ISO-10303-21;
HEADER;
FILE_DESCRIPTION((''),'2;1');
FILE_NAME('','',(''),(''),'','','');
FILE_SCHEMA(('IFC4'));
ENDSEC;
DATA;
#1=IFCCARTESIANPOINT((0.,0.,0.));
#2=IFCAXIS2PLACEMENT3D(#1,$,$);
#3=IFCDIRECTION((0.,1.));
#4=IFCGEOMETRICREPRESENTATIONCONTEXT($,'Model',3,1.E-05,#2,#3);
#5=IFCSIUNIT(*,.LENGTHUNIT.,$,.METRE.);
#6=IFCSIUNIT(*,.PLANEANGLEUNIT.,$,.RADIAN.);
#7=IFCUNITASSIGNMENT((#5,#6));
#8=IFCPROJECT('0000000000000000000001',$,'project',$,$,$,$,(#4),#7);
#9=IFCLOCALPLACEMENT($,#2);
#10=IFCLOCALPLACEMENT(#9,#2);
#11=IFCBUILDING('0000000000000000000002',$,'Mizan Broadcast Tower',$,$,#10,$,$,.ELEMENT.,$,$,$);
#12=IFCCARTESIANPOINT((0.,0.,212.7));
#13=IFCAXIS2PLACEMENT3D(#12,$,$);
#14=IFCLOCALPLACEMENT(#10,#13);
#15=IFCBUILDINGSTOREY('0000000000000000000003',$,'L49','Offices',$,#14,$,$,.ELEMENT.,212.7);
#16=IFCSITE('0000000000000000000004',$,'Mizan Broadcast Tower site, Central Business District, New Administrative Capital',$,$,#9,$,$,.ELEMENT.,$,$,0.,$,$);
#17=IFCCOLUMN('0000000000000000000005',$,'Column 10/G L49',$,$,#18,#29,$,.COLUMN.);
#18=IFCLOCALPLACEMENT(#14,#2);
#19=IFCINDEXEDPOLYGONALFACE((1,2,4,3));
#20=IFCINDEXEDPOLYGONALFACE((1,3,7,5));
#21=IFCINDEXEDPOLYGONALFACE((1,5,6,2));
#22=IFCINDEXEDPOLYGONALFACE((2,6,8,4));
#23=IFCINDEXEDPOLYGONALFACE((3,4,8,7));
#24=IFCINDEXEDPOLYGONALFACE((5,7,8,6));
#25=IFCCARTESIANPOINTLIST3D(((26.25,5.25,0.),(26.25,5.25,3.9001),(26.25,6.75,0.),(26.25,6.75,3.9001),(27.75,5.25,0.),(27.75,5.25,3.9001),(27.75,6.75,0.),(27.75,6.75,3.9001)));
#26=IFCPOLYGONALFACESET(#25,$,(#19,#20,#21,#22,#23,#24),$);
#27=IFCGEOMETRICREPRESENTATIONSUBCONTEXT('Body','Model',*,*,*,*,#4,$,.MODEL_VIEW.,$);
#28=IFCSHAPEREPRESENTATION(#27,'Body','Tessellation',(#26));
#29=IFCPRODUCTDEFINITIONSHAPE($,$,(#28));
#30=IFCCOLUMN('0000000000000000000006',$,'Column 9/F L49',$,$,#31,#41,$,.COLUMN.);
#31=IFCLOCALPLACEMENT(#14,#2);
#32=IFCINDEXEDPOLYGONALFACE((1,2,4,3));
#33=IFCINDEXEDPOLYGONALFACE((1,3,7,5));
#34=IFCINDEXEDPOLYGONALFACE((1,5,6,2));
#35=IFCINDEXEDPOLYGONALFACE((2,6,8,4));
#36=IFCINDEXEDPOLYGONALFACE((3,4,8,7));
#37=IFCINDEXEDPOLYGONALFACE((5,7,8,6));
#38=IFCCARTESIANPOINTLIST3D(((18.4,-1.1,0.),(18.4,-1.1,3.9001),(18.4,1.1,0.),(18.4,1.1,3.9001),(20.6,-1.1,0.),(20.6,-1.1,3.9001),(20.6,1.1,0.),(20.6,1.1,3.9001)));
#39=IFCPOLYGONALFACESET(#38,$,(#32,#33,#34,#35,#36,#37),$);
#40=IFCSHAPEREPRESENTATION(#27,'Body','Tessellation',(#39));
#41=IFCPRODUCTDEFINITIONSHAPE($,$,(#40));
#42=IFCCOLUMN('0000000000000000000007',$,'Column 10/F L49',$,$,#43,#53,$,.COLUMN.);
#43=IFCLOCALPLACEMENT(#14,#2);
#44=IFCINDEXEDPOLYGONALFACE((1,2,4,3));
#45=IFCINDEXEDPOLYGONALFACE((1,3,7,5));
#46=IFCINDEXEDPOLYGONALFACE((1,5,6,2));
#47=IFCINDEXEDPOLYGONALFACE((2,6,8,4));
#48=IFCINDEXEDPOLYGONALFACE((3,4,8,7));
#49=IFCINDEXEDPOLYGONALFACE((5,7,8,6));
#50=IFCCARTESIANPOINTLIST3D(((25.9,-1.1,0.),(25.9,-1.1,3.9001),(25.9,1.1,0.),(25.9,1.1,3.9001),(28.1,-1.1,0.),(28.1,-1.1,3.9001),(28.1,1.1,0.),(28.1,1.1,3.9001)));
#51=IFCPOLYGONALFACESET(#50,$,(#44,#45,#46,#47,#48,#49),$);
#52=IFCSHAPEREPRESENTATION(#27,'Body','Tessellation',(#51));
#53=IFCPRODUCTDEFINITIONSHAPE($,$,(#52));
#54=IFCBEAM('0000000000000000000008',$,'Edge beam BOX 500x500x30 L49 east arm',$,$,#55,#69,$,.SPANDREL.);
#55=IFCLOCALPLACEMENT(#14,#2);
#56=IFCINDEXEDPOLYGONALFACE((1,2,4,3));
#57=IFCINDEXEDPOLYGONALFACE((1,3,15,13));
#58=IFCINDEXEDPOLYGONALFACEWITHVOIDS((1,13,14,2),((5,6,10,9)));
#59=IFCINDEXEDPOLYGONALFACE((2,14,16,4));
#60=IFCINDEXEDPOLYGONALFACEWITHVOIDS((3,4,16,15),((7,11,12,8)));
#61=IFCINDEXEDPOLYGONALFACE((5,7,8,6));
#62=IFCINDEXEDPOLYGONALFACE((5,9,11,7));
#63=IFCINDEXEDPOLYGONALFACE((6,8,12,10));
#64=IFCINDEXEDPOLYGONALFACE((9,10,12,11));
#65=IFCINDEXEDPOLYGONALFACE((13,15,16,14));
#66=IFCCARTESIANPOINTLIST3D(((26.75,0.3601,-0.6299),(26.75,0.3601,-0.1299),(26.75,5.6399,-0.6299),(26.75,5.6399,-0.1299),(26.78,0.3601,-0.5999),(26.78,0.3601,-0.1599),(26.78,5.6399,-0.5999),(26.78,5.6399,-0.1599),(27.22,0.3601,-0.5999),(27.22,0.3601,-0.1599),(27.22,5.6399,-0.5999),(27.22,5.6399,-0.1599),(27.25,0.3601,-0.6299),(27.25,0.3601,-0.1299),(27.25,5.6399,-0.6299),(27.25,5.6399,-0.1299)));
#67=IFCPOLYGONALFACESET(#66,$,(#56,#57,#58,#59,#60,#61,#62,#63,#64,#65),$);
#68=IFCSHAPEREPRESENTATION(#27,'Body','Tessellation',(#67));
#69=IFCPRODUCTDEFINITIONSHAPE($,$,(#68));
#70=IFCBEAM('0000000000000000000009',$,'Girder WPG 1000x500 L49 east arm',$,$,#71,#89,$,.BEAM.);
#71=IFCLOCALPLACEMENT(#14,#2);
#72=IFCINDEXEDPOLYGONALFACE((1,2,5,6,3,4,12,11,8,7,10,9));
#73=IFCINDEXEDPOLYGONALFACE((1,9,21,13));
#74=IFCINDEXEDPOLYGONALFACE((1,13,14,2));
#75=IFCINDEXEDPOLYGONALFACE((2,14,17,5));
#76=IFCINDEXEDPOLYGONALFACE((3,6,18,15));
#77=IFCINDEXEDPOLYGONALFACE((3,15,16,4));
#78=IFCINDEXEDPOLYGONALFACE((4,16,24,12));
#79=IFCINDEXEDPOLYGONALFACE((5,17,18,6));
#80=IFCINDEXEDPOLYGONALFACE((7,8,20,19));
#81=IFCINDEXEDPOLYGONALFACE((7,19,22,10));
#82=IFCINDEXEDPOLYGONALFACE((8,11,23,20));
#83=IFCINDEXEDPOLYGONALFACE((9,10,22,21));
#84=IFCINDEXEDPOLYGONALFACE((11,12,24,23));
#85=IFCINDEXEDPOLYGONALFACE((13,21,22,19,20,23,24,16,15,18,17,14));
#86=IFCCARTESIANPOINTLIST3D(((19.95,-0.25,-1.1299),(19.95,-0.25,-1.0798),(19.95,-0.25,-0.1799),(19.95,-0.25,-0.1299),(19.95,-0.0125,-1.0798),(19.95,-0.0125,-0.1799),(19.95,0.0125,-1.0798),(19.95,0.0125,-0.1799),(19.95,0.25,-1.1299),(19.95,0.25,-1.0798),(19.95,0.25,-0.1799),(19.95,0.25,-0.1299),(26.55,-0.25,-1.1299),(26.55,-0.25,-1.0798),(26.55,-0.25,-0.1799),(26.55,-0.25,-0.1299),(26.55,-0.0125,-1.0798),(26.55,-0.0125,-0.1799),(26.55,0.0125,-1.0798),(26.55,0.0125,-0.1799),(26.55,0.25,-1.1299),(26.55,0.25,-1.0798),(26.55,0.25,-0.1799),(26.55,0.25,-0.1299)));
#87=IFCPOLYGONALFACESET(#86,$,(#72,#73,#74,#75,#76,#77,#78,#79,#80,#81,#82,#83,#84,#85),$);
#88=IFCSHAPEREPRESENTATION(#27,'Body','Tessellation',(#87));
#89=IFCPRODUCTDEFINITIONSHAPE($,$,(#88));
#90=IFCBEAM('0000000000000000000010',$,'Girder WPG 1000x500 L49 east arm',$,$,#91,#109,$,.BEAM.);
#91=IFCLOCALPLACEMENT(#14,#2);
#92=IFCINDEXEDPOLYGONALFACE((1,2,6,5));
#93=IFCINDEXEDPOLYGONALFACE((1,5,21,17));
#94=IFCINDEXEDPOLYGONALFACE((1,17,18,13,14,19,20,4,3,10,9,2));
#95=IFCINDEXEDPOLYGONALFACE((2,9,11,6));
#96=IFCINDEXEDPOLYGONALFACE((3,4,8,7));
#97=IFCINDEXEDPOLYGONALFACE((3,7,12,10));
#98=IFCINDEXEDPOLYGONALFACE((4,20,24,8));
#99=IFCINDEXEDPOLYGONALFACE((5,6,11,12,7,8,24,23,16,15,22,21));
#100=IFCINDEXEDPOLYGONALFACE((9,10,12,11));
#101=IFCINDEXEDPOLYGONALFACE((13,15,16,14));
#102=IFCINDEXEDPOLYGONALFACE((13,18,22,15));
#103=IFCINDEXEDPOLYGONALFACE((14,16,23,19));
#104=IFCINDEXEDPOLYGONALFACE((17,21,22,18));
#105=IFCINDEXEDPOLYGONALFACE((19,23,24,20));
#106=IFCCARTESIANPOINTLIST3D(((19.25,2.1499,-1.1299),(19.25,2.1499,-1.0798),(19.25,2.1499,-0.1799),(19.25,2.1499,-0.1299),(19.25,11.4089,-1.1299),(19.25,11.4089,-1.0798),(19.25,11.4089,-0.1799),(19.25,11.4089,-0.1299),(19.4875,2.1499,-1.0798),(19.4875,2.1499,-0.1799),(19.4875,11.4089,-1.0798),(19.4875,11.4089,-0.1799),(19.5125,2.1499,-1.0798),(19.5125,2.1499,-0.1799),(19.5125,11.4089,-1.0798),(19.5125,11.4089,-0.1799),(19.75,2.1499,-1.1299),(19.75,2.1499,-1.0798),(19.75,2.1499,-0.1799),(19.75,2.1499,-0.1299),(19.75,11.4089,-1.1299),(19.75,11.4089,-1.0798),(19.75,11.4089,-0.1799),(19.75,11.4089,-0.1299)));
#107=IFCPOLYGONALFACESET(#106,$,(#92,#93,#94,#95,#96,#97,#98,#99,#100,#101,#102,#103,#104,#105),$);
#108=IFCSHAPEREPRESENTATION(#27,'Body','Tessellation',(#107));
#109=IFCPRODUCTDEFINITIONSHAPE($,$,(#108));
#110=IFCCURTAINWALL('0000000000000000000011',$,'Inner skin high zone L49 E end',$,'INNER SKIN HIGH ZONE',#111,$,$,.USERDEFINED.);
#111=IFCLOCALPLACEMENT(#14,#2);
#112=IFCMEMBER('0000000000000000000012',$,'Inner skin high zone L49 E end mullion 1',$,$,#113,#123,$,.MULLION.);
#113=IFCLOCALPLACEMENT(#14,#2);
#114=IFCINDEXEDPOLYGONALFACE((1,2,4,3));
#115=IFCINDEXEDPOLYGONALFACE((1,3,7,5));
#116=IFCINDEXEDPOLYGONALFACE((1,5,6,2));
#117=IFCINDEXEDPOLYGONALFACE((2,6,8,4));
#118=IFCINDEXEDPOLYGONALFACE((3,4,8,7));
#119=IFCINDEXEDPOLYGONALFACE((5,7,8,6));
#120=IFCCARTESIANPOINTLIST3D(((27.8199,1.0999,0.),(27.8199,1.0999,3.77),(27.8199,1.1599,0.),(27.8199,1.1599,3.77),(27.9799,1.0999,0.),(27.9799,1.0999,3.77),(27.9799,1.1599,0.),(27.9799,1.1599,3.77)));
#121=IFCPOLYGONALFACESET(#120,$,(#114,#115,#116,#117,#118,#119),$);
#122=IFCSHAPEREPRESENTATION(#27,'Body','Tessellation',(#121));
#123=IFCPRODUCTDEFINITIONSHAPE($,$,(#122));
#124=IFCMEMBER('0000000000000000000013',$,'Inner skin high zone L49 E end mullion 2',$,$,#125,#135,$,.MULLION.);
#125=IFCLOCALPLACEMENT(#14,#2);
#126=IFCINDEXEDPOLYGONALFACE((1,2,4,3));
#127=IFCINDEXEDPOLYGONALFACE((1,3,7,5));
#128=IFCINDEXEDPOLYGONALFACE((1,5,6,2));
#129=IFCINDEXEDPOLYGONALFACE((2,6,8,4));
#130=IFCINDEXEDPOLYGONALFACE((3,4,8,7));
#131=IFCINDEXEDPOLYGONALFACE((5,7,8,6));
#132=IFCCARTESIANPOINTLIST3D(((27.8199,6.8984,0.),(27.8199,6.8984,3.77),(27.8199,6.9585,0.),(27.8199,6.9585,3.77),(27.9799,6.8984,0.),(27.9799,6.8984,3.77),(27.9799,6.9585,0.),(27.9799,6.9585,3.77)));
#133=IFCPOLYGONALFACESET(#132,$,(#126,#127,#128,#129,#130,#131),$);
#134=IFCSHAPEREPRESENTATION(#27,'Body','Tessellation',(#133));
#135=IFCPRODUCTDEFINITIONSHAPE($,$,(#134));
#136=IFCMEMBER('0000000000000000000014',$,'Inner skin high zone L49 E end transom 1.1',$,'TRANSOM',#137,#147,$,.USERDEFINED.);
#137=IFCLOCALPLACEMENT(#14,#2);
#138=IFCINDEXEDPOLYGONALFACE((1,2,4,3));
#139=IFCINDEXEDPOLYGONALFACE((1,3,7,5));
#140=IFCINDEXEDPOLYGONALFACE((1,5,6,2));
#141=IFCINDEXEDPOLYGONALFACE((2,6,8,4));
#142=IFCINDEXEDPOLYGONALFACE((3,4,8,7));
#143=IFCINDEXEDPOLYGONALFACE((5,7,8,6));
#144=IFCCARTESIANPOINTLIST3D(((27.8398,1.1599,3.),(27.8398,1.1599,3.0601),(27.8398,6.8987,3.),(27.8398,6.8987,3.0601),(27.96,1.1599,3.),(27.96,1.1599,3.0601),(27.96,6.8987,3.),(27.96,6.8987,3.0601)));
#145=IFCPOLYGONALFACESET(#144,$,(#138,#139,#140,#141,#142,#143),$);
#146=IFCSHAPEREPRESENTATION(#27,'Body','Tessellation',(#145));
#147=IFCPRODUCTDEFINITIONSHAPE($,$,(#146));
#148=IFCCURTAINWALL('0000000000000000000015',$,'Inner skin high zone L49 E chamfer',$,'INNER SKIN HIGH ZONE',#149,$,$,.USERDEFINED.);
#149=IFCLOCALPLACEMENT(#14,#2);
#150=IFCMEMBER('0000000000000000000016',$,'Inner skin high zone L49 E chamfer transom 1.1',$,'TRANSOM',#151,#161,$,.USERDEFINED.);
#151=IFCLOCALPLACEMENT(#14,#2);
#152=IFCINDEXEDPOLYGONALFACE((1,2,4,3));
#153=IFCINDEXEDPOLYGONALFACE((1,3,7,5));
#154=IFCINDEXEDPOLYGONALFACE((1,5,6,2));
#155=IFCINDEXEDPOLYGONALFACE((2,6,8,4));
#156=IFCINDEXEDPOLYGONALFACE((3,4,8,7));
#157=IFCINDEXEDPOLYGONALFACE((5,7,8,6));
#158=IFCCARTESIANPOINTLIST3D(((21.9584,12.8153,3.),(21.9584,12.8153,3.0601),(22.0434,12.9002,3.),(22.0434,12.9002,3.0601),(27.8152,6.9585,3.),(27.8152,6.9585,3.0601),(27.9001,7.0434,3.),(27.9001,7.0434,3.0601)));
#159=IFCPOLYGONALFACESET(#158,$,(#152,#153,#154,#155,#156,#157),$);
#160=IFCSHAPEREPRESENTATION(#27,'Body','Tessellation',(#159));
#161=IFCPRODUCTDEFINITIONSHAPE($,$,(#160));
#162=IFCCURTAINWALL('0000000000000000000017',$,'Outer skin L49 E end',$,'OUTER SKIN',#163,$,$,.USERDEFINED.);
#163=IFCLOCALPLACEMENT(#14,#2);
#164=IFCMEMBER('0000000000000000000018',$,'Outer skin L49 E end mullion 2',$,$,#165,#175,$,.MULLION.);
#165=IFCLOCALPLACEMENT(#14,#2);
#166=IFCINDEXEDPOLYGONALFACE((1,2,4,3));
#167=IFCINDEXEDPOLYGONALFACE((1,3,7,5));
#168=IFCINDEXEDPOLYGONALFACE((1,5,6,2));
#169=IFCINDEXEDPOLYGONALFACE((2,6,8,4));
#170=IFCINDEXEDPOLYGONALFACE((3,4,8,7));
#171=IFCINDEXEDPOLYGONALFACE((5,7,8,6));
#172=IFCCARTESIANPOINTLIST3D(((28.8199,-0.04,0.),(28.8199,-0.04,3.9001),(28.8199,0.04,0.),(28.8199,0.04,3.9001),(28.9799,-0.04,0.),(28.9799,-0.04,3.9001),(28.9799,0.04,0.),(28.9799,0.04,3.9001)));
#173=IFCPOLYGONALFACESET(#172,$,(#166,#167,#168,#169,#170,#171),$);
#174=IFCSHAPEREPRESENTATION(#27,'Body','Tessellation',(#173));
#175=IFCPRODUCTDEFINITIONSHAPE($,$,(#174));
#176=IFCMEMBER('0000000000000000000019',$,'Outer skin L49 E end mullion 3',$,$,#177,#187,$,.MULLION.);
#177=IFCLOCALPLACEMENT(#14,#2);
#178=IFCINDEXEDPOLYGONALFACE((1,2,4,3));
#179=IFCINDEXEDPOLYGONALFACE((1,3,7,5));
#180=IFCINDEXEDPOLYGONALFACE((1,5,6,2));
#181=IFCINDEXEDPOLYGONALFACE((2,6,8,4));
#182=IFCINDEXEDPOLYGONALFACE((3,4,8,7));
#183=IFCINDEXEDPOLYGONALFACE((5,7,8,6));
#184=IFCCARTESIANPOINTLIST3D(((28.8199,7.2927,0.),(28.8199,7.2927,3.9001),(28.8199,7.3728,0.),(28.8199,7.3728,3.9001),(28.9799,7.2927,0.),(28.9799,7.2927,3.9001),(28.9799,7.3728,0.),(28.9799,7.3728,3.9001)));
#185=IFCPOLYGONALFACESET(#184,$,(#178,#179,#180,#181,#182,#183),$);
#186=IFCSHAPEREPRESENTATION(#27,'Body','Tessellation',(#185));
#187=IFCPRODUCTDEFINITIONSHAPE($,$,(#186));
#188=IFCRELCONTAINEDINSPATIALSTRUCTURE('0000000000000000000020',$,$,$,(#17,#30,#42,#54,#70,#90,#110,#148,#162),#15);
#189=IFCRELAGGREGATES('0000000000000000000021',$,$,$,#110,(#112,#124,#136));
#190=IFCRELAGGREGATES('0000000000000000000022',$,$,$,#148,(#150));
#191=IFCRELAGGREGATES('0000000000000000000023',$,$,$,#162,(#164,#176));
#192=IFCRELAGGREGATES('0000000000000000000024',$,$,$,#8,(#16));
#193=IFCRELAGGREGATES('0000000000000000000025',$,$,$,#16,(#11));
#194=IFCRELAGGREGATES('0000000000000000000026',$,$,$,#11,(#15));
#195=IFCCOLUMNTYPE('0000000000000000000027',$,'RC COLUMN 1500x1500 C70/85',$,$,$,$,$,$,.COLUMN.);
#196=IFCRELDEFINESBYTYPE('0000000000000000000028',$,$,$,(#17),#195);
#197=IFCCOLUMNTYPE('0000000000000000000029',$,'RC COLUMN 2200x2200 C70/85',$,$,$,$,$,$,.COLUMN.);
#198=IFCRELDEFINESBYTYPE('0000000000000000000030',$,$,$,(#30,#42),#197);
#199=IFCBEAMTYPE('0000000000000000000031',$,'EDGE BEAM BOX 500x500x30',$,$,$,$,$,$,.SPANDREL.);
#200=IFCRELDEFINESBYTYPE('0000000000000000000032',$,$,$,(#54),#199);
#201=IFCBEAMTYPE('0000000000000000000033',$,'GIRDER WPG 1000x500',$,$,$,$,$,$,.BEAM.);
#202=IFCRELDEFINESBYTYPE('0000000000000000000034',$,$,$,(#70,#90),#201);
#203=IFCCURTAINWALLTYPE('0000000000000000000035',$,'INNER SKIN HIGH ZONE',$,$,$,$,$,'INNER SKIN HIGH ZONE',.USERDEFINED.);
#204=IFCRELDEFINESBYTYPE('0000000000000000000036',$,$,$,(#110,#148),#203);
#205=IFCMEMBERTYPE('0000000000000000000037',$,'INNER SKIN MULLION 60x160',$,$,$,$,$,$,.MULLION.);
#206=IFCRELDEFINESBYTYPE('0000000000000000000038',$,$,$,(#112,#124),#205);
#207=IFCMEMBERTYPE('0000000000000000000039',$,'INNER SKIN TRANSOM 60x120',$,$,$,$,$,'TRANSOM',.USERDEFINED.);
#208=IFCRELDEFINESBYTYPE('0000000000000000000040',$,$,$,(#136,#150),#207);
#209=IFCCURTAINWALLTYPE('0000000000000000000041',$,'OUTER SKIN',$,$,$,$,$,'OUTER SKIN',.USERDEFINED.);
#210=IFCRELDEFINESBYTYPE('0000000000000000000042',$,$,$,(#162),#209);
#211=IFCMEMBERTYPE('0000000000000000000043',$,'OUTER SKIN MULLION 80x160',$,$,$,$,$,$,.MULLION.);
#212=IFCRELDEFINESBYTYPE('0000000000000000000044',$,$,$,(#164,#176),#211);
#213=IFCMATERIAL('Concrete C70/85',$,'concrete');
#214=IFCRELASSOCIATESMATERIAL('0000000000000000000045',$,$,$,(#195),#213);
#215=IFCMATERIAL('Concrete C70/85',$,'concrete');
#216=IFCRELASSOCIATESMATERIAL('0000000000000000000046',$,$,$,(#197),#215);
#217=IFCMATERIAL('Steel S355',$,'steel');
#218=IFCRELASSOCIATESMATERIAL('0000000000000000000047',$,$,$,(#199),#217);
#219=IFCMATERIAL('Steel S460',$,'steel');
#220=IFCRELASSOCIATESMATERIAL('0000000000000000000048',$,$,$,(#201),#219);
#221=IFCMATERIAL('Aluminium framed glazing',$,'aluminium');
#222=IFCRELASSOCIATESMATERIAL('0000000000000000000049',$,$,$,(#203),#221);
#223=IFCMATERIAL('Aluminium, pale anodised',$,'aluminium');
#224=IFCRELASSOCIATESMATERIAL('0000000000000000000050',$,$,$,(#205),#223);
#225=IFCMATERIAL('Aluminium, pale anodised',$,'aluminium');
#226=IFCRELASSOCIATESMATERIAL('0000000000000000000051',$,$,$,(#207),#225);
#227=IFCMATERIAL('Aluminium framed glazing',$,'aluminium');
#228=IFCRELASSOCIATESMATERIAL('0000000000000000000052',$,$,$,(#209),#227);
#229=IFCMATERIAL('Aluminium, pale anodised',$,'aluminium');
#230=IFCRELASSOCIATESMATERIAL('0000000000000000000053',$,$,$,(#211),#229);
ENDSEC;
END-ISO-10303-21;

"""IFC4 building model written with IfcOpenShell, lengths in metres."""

from ifc_helpers import new_model, si_unit, direction, frame, origin, origin_2d, place, context, subcontext, project, spatial, rectangle, hollow_rectangle, i_section, extrude, material, material_profile, profile_set, type_object, element, aggregate, save


model = new_model("IFC4")

# Units and contexts
model_context = context("Model", 3, precision=1e-05, world=origin(), true_north=direction((0.0, 1.0)))
body_context = subcontext(model_context, "Body", "Model", "MODEL_VIEW")
ifc_project = project(units=[si_unit("LENGTHUNIT", "METRE"), si_unit("PLANEANGLEUNIT", "RADIAN")], contexts=[model_context])

# Site, building, storey
site_placement = place(None, origin())
site = spatial("IfcSite", under=ifc_project, at=site_placement, Name="Mizan Broadcast Tower site, Central Business District, New Administrative Capital", CompositionType="ELEMENT", RefElevation=0.0)
building_placement = place(site_placement, origin())
building = spatial("IfcBuilding", under=site, at=building_placement, Name="Mizan Broadcast Tower", CompositionType="ELEMENT")
storey_placement = place(building_placement, frame((0.0, 0.0, 212.7)))
storey = spatial("IfcBuildingStorey", under=building, at=storey_placement, Name="L49", Description="Offices", CompositionType="ELEMENT", Elevation=212.7)

# Columns
ifc_material_1 = material(Name="Concrete C70/85", Category="concrete")
ifc_material_profile_1 = material_profile(ifc_material_1, rectangle(XDim=1.5, YDim=1.5, at=origin_2d()), Name="RC 1500x1500")
ifc_profile_set_1 = profile_set([ifc_material_profile_1], Name="Concrete C70/85")
column_type_1 = type_object("IfcColumnType", Name="RC COLUMN 1500x1500 C70/85", PredefinedType="COLUMN", material=ifc_profile_set_1)
column_placement = place(storey_placement, frame((27.0, 6.0, 0.0), z_axis=(0.0, 0.0, 1.0), x_axis=(1.0, 0.0, 0.0)))
element("IfcColumn", 1, at=column_placement, inside=storey, type_object=column_type_1, Name="Column 10/G L49", PredefinedType="COLUMN", context=body_context, shape_type="SweptSolid", body=[
    extrude(rectangle(XDim=1.5, YDim=1.5, at=origin_2d()), origin(), (0.0, 0.0, 1.0), 3.9001),
])
ifc_material_2 = material(Name="Concrete C70/85", Category="concrete")
ifc_material_profile_2 = material_profile(ifc_material_2, rectangle(XDim=2.2, YDim=2.2, at=origin_2d()), Name="RC 2200x2200")
ifc_profile_set_2 = profile_set([ifc_material_profile_2], Name="Concrete C70/85")
column_type_2 = type_object("IfcColumnType", Name="RC COLUMN 2200x2200 C70/85", PredefinedType="COLUMN", material=ifc_profile_set_2)
for number, where, z_axis, x_axis, name in (
    (2, (19.5, 0.0, 0.0), (0.0, 0.0, 1.0), (1.0, 0.0, 0.0), "Column 9/F L49"),
    (3, (27.0, 0.0, 0.0), (0.0, 0.0, 1.0), (1.0, 0.0, 0.0), "Column 10/F L49"),
):
    element("IfcColumn", number, at=place(storey_placement, frame(where, z_axis=z_axis, x_axis=x_axis)), inside=storey, type_object=column_type_2, Name=name, PredefinedType="COLUMN", context=body_context, shape_type="SweptSolid", body=[
        extrude(rectangle(XDim=2.2, YDim=2.2, at=origin_2d()), origin(), (0.0, 0.0, 1.0), 3.9001),
    ])

# Beams
ifc_material_3 = material(Name="Steel S355", Category="steel")
ifc_material_profile_3 = material_profile(ifc_material_3, hollow_rectangle(XDim=0.5, YDim=0.5, WallThickness=0.03, at=origin_2d()), Name="BOX 500x500x30")
ifc_profile_set_3 = profile_set([ifc_material_profile_3], Name="Steel S355")
beam_type_1 = type_object("IfcBeamType", Name="EDGE BEAM BOX 500x500x30", PredefinedType="SPANDREL", material=ifc_profile_set_3)
beam_1_placement = place(storey_placement, frame((27.0, 5.6399, -0.3799), z_axis=(0.0, -1.0, 0.0), x_axis=(1.0, 0.0, 0.0)))
element("IfcBeam", 4, at=beam_1_placement, inside=storey, type_object=beam_type_1, Name="Edge beam BOX 500x500x30 L49 east arm", PredefinedType="SPANDREL", context=body_context, shape_type="SweptSolid", body=[
    extrude(hollow_rectangle(XDim=0.5, YDim=0.5, WallThickness=0.03, at=origin_2d()), origin(), (0.0, 0.0, 1.0), 5.2798),
])
ifc_material_4 = material(Name="Steel S460", Category="steel")
ifc_material_profile_4 = material_profile(ifc_material_4, i_section(OverallWidth=0.5, OverallDepth=1.0, WebThickness=0.0249, FlangeThickness=0.05, at=origin_2d()), Name="WPG 1000x500")
ifc_profile_set_4 = profile_set([ifc_material_profile_4], Name="Steel S460")
beam_type_2 = type_object("IfcBeamType", Name="GIRDER WPG 1000x500", PredefinedType="BEAM", material=ifc_profile_set_4)
beam_2_placement = place(storey_placement, frame((19.95, 0.0, -0.6299), z_axis=(1.0, 0.0, 0.0), x_axis=(0.0, 1.0, 0.0)))
element("IfcBeam", 5, at=beam_2_placement, inside=storey, type_object=beam_type_2, Name="Girder WPG 1000x500 L49 east arm", PredefinedType="BEAM", context=body_context, shape_type="SweptSolid", body=[
    extrude(i_section(OverallWidth=0.5, OverallDepth=1.0, WebThickness=0.0249, FlangeThickness=0.05, at=origin_2d()), origin(), (0.0, 0.0, 1.0), 6.6001),
])
beam_3_placement = place(storey_placement, frame((19.5, 11.4089, -0.6299), z_axis=(0.0, -1.0, 0.0), x_axis=(1.0, 0.0, 0.0)))
element("IfcBeam", 6, at=beam_3_placement, inside=storey, type_object=beam_type_2, Name="Girder WPG 1000x500 L49 east arm", PredefinedType="BEAM", context=body_context, shape_type="SweptSolid", body=[
    extrude(i_section(OverallWidth=0.5, OverallDepth=1.0, WebThickness=0.0249, FlangeThickness=0.05, at=origin_2d()), origin(), (0.0, 0.0, 1.0), 9.259),
])

# Curtain wall, members
ifc_material_5 = material(Name="Aluminium framed glazing", Category="aluminium")
curtain_wall_type_1 = type_object("IfcCurtainWallType", Name="INNER SKIN HIGH ZONE", ElementType="INNER SKIN HIGH ZONE", PredefinedType="USERDEFINED", material=ifc_material_5)
curtain_wall_1_placement = place(storey_placement, origin())
curtain_wall_1 = element("IfcCurtainWall", 7, at=curtain_wall_1_placement, inside=storey, type_object=curtain_wall_type_1, Name="Inner skin high zone L49 E end", ObjectType="INNER SKIN HIGH ZONE", PredefinedType="USERDEFINED")
ifc_material_6 = material(Name="Aluminium, pale anodised", Category="aluminium")
ifc_material_profile_5 = material_profile(ifc_material_6, rectangle(XDim=0.1599, YDim=0.0601, at=origin_2d()), Name="MULLION 160x60")
ifc_profile_set_5 = profile_set([ifc_material_profile_5], Name="Aluminium, pale anodised")
member_type_1 = type_object("IfcMemberType", Name="INNER SKIN MULLION 60x160", PredefinedType="MULLION", material=ifc_profile_set_5)
member_1_placement = place(storey_placement, frame((27.8999, 1.1299, 0.0), z_axis=(0.0, 0.0, 1.0), x_axis=(-1.0, 0.0, 0.0)))
member_1 = element("IfcMember", 8, at=member_1_placement, type_object=member_type_1, Name="Inner skin high zone L49 E end mullion 1", PredefinedType="MULLION", context=body_context, shape_type="SweptSolid", body=[
    extrude(rectangle(XDim=0.1599, YDim=0.0601, at=origin_2d()), origin(), (0.0, 0.0, 1.0), 3.77),
])
member_2_placement = place(storey_placement, frame((27.8999, 6.9285, 0.0), z_axis=(0.0, 0.0, 1.0), x_axis=(-1.0, 0.0, 0.0)))
member_2 = element("IfcMember", 9, at=member_2_placement, type_object=member_type_1, Name="Inner skin high zone L49 E end mullion 2", PredefinedType="MULLION", context=body_context, shape_type="SweptSolid", body=[
    extrude(rectangle(XDim=0.1599, YDim=0.0601, at=origin_2d()), origin(), (0.0, 0.0, 1.0), 3.77),
])
ifc_material_7 = material(Name="Aluminium, pale anodised", Category="aluminium")
ifc_material_profile_6 = material_profile(ifc_material_7, rectangle(XDim=0.1201, YDim=0.0601, at=origin_2d()), Name="TRANSOM 120x60")
ifc_profile_set_6 = profile_set([ifc_material_profile_6], Name="Aluminium, pale anodised")
member_type_2 = type_object("IfcMemberType", Name="INNER SKIN TRANSOM 60x120", ElementType="TRANSOM", PredefinedType="USERDEFINED", material=ifc_profile_set_6)
member_3_placement = place(storey_placement, frame((27.8999, 1.1599, 3.03), z_axis=(0.0, 1.0, 0.0), x_axis=(-1.0, 0.0, 0.0)))
member_3 = element("IfcMember", 10, at=member_3_placement, type_object=member_type_2, Name="Inner skin high zone L49 E end transom 1.1", ObjectType="TRANSOM", PredefinedType="USERDEFINED", context=body_context, shape_type="SweptSolid", body=[
    extrude(rectangle(XDim=0.1201, YDim=0.0601, at=origin_2d()), origin(), (0.0, 0.0, 1.0), 5.7388),
])

# Curtain wall, member
curtain_wall_2_placement = place(storey_placement, origin())
curtain_wall_2 = element("IfcCurtainWall", 11, at=curtain_wall_2_placement, inside=storey, type_object=curtain_wall_type_1, Name="Inner skin high zone L49 E chamfer", ObjectType="INNER SKIN HIGH ZONE", PredefinedType="USERDEFINED")
member_4_placement = place(storey_placement, frame((27.8577, 7.001, 3.03), z_axis=(-0.707107, 0.707107, 0.0), x_axis=(-0.707107, -0.707107, 0.0)))
member_4 = element("IfcMember", 12, at=member_4_placement, type_object=member_type_2, Name="Inner skin high zone L49 E chamfer transom 1.1", ObjectType="TRANSOM", PredefinedType="USERDEFINED", context=body_context, shape_type="SweptSolid", body=[
    extrude(rectangle(XDim=0.1201, YDim=0.0601, at=origin_2d()), origin(), (0.0, 0.0, 1.0), 8.2827),
])

# Curtain wall, members
ifc_material_8 = material(Name="Aluminium framed glazing", Category="aluminium")
curtain_wall_type_2 = type_object("IfcCurtainWallType", Name="OUTER SKIN", ElementType="OUTER SKIN", PredefinedType="USERDEFINED", material=ifc_material_8)
curtain_wall_3_placement = place(storey_placement, origin())
curtain_wall_3 = element("IfcCurtainWall", 13, at=curtain_wall_3_placement, inside=storey, type_object=curtain_wall_type_2, Name="Outer skin L49 E end", ObjectType="OUTER SKIN", PredefinedType="USERDEFINED")
ifc_material_9 = material(Name="Aluminium, pale anodised", Category="aluminium")
ifc_material_profile_7 = material_profile(ifc_material_9, rectangle(XDim=0.1599, YDim=0.0801, at=origin_2d()), Name="MULLION 160x80")
ifc_profile_set_7 = profile_set([ifc_material_profile_7], Name="Aluminium, pale anodised")
member_type_3 = type_object("IfcMemberType", Name="OUTER SKIN MULLION 80x160", PredefinedType="MULLION", material=ifc_profile_set_7)
member_5_placement = place(storey_placement, frame((28.8999, 0.0, 0.0), z_axis=(0.0, 0.0, 1.0), x_axis=(-1.0, 0.0, 0.0)))
member_5 = element("IfcMember", 14, at=member_5_placement, type_object=member_type_3, Name="Outer skin L49 E end mullion 2", PredefinedType="MULLION", context=body_context, shape_type="SweptSolid", body=[
    extrude(rectangle(XDim=0.1599, YDim=0.0801, at=origin_2d()), origin(), (0.0, 0.0, 1.0), 3.9001),
])
member_6_placement = place(storey_placement, frame((28.8999, 7.3328, 0.0), z_axis=(0.0, 0.0, 1.0), x_axis=(-1.0, 0.0, 0.0)))
member_6 = element("IfcMember", 15, at=member_6_placement, type_object=member_type_3, Name="Outer skin L49 E end mullion 3", PredefinedType="MULLION", context=body_context, shape_type="SweptSolid", body=[
    extrude(rectangle(XDim=0.1599, YDim=0.0801, at=origin_2d()), origin(), (0.0, 0.0, 1.0), 3.9001),
])

aggregate(curtain_wall_1, [member_1, member_2, member_3])
aggregate(curtain_wall_2, [member_4])
aggregate(curtain_wall_3, [member_5, member_6])

save(model, "model.ifc")
